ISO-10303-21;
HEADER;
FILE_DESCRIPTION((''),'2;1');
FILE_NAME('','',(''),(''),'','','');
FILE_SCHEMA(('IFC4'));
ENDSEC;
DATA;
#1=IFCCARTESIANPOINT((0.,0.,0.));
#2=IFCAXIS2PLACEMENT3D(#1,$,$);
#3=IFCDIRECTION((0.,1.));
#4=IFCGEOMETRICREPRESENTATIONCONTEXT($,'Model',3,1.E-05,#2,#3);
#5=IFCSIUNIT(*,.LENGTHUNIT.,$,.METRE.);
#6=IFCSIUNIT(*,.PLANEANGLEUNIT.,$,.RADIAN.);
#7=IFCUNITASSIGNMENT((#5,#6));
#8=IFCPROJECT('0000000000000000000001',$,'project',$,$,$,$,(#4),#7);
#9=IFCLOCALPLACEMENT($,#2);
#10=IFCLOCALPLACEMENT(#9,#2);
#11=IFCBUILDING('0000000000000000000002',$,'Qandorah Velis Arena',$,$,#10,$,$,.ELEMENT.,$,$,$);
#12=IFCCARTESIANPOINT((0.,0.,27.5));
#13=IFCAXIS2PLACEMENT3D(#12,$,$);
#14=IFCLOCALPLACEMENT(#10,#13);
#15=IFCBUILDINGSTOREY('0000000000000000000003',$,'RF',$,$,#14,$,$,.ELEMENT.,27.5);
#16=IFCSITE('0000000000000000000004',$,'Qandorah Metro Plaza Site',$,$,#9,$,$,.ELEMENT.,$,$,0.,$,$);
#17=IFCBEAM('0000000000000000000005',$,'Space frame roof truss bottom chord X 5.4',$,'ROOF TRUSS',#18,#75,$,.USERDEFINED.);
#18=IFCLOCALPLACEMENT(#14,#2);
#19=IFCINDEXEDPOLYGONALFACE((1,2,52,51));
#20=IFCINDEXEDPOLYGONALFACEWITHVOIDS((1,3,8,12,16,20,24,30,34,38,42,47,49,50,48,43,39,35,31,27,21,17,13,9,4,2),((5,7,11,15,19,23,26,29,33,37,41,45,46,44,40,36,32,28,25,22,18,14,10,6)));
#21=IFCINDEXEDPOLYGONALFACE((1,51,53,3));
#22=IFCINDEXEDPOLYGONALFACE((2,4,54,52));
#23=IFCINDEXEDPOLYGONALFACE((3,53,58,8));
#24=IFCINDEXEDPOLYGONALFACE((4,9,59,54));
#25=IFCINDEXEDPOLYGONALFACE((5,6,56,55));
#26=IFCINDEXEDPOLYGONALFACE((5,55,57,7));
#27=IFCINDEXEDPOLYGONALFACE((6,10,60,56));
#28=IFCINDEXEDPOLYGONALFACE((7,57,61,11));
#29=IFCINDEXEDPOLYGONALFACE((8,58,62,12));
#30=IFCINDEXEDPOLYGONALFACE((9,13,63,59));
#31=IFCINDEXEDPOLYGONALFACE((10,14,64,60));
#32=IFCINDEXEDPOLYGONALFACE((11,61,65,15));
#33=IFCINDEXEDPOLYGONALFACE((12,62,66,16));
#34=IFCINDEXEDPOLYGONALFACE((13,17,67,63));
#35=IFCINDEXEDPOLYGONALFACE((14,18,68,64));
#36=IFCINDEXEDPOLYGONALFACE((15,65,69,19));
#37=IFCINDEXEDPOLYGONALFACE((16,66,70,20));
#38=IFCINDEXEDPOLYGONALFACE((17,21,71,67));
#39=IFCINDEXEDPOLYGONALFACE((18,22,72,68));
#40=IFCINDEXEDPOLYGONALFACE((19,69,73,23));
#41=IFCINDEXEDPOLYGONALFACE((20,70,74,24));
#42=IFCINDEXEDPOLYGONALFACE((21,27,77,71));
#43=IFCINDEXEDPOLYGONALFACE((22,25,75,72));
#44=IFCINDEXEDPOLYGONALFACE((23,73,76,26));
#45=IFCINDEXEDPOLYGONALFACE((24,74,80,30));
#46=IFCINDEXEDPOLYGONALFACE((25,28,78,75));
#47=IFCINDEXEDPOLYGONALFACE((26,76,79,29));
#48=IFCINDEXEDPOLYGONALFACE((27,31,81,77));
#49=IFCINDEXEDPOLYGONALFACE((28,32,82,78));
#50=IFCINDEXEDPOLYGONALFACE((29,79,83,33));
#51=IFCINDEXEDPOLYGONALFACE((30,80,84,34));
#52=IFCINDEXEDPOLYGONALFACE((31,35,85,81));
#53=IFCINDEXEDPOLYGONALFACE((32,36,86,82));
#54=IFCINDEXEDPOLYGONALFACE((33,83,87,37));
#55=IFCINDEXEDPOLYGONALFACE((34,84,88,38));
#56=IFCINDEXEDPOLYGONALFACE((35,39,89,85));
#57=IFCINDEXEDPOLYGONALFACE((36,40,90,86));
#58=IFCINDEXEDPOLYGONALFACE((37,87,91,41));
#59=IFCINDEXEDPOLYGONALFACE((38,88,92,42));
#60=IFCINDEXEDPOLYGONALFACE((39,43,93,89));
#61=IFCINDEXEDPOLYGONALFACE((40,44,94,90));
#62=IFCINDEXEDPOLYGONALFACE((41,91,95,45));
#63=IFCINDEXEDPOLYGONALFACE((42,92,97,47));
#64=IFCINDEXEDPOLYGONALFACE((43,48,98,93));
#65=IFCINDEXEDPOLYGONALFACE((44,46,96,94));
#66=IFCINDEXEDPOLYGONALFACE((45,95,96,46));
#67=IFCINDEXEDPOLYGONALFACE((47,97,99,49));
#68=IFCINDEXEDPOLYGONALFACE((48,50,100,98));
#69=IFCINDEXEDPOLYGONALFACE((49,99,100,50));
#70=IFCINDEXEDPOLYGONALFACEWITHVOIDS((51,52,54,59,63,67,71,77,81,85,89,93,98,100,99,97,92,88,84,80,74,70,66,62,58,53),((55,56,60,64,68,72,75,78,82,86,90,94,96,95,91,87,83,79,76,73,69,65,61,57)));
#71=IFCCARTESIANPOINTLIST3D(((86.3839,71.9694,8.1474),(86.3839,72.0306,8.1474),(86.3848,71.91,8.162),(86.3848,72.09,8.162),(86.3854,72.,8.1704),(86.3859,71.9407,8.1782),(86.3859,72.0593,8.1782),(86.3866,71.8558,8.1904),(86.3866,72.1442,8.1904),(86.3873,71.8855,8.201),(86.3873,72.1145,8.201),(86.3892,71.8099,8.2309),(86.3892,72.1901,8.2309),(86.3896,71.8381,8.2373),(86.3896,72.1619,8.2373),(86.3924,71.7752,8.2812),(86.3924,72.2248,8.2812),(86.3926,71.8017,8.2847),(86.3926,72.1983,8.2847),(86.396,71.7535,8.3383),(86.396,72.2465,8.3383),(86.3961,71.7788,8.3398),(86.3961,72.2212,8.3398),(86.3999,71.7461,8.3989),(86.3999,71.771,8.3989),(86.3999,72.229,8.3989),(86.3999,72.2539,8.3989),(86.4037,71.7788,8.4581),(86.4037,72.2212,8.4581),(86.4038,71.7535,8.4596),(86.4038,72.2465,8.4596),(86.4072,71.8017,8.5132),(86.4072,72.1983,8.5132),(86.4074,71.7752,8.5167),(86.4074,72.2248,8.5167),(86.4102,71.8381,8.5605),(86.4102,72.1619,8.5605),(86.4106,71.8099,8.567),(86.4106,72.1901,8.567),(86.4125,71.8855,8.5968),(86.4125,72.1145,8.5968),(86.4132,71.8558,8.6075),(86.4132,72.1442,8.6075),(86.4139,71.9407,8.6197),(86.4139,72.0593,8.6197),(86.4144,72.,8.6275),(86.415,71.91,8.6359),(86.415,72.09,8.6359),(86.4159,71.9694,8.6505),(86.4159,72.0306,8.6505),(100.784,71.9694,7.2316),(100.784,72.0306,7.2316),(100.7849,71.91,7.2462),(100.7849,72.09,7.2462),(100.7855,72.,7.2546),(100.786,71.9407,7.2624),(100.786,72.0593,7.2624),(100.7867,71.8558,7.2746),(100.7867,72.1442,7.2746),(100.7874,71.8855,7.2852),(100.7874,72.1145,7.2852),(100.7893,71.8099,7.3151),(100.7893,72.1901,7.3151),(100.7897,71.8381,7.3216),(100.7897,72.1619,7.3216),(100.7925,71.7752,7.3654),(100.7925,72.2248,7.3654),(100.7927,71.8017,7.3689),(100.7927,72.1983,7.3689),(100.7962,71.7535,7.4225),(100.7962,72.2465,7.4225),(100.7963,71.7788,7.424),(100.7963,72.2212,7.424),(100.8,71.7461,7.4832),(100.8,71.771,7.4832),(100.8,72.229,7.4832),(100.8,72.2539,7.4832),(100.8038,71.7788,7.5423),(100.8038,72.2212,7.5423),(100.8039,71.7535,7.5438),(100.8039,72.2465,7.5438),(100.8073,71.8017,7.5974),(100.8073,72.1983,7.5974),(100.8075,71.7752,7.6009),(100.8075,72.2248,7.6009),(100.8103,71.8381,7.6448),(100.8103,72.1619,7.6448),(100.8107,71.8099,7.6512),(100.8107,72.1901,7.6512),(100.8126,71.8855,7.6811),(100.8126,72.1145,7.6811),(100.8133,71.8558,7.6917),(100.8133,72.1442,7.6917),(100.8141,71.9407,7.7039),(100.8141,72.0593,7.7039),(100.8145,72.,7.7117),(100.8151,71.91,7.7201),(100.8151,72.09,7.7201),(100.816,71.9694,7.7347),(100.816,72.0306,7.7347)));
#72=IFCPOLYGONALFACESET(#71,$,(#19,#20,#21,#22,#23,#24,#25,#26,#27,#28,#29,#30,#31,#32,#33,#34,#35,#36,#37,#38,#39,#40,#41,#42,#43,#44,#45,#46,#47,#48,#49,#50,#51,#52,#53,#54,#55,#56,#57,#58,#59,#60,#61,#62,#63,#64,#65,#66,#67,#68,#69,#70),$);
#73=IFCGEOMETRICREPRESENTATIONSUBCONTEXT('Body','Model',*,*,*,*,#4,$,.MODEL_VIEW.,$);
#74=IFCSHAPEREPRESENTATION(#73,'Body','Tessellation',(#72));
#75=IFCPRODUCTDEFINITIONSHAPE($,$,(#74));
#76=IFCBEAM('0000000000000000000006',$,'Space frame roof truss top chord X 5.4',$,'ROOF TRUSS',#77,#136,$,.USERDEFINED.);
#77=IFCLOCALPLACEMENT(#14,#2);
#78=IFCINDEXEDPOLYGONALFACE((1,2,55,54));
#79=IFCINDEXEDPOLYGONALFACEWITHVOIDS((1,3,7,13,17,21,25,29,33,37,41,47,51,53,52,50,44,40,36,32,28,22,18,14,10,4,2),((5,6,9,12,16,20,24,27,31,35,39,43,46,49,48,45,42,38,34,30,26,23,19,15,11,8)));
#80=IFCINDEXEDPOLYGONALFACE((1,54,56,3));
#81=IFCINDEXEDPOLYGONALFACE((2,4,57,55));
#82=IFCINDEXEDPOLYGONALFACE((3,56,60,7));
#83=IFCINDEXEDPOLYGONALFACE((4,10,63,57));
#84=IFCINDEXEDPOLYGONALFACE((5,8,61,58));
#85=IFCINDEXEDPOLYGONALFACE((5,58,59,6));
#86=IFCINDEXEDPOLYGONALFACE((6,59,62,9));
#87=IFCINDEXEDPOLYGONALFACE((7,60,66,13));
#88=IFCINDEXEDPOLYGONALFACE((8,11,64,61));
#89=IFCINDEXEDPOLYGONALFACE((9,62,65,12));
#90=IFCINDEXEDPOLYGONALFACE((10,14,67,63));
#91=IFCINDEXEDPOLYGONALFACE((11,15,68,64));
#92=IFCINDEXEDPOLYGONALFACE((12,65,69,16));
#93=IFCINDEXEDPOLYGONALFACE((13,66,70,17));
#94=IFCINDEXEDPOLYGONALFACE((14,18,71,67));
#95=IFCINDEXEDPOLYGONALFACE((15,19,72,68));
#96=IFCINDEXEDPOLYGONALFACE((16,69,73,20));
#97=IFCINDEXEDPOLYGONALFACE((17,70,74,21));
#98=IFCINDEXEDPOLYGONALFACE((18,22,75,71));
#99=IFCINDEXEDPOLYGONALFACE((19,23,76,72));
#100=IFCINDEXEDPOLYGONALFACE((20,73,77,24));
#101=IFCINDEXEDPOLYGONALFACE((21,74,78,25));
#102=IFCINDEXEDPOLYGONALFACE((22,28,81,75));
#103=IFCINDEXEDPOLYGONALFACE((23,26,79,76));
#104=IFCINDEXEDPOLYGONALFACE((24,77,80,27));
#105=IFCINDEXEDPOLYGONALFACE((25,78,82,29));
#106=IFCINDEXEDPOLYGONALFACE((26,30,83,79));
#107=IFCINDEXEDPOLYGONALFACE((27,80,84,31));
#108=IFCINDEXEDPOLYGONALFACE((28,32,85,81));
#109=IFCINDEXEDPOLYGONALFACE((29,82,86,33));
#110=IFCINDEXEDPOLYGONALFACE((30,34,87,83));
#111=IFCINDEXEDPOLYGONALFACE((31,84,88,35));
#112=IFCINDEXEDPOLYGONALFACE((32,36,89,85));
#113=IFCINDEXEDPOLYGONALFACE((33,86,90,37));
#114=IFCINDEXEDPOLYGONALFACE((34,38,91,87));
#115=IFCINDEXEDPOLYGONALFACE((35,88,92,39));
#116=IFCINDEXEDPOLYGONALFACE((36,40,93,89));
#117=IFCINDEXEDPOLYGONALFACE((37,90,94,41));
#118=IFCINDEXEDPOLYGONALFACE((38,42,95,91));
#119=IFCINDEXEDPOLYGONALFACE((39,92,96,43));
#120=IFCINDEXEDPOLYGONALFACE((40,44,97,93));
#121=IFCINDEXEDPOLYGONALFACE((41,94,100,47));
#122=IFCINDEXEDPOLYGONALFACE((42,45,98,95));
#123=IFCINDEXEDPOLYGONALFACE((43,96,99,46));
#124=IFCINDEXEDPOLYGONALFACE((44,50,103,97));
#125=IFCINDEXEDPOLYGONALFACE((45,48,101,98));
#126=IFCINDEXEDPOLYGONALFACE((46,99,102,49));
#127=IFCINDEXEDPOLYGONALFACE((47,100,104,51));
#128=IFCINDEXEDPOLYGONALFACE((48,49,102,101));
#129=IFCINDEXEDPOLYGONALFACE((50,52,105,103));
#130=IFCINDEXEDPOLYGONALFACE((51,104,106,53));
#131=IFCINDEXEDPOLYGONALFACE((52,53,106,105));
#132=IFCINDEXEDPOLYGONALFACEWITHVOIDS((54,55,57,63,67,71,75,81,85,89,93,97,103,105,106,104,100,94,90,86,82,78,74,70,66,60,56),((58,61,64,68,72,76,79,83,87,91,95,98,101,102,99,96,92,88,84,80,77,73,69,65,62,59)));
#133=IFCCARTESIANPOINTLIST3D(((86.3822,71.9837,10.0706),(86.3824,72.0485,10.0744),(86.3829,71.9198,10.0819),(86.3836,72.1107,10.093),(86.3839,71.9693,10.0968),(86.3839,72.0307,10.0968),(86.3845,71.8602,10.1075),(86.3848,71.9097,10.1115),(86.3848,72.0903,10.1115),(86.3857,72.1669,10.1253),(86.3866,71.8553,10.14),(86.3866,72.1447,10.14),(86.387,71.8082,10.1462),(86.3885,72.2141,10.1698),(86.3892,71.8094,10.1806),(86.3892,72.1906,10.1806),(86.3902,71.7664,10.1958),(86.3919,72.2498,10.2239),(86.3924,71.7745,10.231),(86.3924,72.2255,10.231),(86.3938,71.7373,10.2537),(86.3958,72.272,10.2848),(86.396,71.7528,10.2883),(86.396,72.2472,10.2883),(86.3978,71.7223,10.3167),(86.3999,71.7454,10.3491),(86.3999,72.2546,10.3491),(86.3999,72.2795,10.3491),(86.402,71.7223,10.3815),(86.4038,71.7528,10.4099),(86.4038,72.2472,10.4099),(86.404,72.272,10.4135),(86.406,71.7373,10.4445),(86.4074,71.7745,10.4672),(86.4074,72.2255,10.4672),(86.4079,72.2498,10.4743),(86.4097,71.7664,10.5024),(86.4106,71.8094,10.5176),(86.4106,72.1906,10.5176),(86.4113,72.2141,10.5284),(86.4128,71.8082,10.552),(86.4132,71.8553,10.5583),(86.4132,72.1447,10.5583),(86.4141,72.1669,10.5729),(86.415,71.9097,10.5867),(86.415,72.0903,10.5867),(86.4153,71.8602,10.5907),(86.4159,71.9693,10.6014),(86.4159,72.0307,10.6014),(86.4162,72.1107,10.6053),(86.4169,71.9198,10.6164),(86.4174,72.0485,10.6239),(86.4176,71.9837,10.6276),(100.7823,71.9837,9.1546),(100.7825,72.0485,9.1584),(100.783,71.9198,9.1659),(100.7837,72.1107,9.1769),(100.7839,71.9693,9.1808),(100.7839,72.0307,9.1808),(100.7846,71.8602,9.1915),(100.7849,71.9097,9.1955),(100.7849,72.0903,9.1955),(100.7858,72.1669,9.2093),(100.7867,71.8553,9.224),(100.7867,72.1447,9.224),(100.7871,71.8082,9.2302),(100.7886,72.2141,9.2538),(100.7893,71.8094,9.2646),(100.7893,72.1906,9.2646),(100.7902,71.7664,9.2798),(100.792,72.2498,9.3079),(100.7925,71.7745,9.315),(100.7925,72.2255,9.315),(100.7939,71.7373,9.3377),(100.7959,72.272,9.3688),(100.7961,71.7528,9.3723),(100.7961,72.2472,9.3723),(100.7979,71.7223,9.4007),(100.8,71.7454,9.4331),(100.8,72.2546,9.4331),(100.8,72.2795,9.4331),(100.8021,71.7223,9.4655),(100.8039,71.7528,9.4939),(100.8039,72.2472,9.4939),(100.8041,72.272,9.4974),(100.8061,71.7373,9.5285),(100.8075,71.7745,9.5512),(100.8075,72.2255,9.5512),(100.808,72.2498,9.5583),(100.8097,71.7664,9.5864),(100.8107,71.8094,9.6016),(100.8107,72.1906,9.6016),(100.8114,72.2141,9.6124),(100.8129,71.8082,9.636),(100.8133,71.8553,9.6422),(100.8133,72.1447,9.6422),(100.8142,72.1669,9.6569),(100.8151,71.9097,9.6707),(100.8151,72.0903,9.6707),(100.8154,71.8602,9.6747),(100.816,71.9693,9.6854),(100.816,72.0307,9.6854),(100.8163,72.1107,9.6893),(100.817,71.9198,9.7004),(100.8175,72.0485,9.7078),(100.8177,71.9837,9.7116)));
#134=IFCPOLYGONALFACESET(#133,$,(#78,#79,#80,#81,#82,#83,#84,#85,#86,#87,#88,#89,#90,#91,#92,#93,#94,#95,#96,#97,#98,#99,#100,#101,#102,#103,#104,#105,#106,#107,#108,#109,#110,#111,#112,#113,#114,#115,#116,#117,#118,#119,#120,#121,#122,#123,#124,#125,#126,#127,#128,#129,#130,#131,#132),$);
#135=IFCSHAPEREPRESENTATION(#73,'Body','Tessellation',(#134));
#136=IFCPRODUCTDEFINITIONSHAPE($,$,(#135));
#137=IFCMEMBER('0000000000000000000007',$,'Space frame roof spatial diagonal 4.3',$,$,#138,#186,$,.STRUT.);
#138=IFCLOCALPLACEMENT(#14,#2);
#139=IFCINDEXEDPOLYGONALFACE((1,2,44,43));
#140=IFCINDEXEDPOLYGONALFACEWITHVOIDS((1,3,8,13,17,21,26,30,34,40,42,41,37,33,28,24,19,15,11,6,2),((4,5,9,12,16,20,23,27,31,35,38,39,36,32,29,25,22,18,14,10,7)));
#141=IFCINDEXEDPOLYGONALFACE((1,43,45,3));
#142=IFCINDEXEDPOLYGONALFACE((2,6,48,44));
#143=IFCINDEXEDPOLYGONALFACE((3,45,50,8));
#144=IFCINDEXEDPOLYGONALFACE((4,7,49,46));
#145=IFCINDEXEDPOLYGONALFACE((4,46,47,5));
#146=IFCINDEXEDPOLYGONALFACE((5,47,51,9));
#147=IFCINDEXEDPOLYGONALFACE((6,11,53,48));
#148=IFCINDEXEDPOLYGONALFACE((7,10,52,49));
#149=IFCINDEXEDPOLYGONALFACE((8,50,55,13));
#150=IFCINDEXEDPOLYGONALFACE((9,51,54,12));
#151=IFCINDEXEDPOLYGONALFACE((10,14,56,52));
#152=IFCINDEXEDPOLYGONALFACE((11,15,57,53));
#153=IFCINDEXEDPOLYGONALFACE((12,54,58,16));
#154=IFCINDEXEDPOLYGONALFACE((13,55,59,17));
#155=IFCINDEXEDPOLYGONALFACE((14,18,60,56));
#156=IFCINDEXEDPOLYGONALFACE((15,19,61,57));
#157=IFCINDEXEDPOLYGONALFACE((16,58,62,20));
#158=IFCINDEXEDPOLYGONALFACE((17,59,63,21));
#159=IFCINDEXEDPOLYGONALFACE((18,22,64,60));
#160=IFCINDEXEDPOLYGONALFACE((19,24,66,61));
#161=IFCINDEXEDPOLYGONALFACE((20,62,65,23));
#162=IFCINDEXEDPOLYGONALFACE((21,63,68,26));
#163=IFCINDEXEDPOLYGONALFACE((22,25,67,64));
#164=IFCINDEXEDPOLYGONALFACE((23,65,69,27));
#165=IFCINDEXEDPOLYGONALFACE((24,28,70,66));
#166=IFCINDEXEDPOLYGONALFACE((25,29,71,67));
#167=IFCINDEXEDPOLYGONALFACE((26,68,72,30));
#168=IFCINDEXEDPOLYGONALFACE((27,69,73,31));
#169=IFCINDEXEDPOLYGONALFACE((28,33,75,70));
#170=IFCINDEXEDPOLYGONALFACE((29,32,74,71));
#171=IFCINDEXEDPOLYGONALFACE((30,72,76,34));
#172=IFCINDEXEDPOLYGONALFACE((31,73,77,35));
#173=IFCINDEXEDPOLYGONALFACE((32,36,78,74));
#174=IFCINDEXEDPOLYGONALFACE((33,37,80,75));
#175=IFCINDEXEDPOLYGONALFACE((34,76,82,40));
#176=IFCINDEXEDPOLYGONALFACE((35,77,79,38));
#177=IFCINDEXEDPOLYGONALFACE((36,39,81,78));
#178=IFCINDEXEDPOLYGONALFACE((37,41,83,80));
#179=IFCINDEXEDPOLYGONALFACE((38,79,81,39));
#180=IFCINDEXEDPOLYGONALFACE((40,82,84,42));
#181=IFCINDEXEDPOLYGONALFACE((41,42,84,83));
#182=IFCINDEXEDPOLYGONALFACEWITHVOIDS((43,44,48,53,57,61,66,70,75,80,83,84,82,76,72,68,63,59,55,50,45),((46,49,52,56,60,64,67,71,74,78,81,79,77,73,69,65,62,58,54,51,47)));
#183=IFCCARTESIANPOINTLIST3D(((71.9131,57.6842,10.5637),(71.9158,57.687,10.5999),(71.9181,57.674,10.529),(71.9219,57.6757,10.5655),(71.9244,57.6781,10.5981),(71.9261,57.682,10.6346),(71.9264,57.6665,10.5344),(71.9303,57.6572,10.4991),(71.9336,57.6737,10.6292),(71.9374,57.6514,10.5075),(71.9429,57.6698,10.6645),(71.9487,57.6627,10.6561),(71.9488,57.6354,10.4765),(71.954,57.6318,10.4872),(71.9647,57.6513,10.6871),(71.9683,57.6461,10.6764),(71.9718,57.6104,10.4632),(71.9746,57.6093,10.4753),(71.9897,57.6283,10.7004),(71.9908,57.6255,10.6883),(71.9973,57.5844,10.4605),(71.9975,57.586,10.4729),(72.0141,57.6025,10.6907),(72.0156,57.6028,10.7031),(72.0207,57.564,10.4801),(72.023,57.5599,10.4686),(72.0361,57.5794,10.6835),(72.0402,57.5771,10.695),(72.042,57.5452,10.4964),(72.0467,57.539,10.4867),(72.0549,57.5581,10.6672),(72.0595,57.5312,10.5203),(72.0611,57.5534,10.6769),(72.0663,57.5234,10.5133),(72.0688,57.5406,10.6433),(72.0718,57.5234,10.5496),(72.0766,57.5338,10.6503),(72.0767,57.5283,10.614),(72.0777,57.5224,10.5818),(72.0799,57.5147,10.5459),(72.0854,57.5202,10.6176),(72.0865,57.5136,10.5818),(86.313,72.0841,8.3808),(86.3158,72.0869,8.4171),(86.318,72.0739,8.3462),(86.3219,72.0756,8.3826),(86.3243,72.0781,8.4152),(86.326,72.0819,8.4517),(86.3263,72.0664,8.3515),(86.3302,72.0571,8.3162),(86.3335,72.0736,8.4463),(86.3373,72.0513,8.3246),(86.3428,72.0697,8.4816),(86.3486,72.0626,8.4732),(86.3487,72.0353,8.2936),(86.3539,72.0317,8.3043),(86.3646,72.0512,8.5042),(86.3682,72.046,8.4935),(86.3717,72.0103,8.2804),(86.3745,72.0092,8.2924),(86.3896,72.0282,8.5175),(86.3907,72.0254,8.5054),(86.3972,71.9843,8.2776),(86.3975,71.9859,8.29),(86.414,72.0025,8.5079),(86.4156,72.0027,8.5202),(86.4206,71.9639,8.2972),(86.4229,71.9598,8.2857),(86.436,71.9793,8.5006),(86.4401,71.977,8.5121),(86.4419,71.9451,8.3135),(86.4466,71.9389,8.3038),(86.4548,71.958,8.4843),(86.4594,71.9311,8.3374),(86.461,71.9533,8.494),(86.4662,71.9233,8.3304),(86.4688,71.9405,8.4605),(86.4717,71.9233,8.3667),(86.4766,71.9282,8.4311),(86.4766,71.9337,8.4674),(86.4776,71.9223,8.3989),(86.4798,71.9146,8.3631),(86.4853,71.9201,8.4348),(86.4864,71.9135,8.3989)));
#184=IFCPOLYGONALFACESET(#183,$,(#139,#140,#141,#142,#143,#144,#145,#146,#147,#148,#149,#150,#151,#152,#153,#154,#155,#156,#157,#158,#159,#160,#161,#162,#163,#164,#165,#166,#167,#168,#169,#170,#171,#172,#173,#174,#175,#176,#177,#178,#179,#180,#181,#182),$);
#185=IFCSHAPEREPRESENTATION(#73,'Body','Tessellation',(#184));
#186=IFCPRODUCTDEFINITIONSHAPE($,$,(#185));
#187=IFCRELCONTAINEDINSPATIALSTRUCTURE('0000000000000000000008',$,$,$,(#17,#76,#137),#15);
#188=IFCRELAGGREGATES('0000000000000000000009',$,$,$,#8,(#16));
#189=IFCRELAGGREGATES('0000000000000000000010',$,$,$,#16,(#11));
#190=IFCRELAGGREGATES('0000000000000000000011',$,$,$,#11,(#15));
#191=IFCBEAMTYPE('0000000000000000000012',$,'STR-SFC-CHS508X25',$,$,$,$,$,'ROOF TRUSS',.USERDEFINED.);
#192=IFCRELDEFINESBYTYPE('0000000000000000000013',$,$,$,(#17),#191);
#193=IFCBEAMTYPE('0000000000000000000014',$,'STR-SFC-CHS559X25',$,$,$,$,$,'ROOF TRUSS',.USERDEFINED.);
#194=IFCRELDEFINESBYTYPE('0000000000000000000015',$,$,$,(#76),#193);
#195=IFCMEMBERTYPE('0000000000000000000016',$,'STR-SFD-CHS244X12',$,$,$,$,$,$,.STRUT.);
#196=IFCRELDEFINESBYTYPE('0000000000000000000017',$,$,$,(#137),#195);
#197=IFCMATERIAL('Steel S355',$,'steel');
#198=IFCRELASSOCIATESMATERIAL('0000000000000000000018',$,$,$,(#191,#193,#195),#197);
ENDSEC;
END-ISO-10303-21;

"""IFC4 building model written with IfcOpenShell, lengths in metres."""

from ifc_helpers import new_model, si_unit, direction, frame, origin, origin_2d, place, context, subcontext, project, spatial, hollow_circle, extrude, material, material_profile, profile_set, type_object, element, save


model = new_model("IFC4")

# Units and contexts
model_context = context("Model", 3, precision=1e-05, world=origin(), true_north=direction((0.0, 1.0)))
body_context = subcontext(model_context, "Body", "Model", "MODEL_VIEW")
ifc_project = project(units=[si_unit("LENGTHUNIT", "METRE"), si_unit("PLANEANGLEUNIT", "RADIAN")], contexts=[model_context])

# Site, building, storey
site_placement = place(None, origin())
site = spatial("IfcSite", under=ifc_project, at=site_placement, Name="Qandorah Metro Plaza Site", CompositionType="ELEMENT", RefElevation=0.0)
building_placement = place(site_placement, origin())
building = spatial("IfcBuilding", under=site, at=building_placement, Name="Qandorah Velis Arena", CompositionType="ELEMENT")
storey_placement = place(building_placement, frame((0.0, 0.0, 27.5)))
storey = spatial("IfcBuildingStorey", under=building, at=storey_placement, Name="RF", CompositionType="ELEMENT", Elevation=27.5)

# Shared definitions
ifc_material_1 = material(Name="Steel S355", Category="steel")

# Beams
ifc_material_profile_1 = material_profile(ifc_material_1, hollow_circle(Radius=0.2539, WallThickness=0.0249, at=origin_2d()), Name="CHS 508x25")
ifc_profile_set_1 = profile_set([ifc_material_profile_1], Name="Steel S355")
beam_type_1 = type_object("IfcBeamType", Name="STR-SFC-CHS508X25", ElementType="ROOF TRUSS", PredefinedType="USERDEFINED", material=ifc_profile_set_1)
beam_1_placement = place(storey_placement, frame((86.3999, 72.0, 8.3989), z_axis=(0.997984, 0.0, -0.063466), x_axis=(0.0, 1.0, 0.0)))
element("IfcBeam", 1, at=beam_1_placement, inside=storey, type_object=beam_type_1, Name="Space frame roof truss bottom chord X 5.4", ObjectType="ROOF TRUSS", PredefinedType="USERDEFINED", context=body_context, shape_type="SweptSolid", body=[
    extrude(hollow_circle(Radius=0.2539, WallThickness=0.0249, at=origin_2d()), origin(), (0.0, 0.0, 1.0), 14.4292),
])
ifc_material_profile_2 = material_profile(ifc_material_1, hollow_circle(Radius=0.2795, WallThickness=0.0249, at=origin_2d()), Name="CHS 559x25")
ifc_profile_set_2 = profile_set([ifc_material_profile_2], Name="Steel S355")
beam_type_2 = type_object("IfcBeamType", Name="STR-SFC-CHS559X25", ElementType="ROOF TRUSS", PredefinedType="USERDEFINED", material=ifc_profile_set_2)
beam_2_placement = place(storey_placement, frame((86.3999, 72.0, 10.3491), z_axis=(0.997983, 0.0, -0.063483), x_axis=(0.0, 1.0, 0.0)))
element("IfcBeam", 2, at=beam_2_placement, inside=storey, type_object=beam_type_2, Name="Space frame roof truss top chord X 5.4", ObjectType="ROOF TRUSS", PredefinedType="USERDEFINED", context=body_context, shape_type="SweptSolid", body=[
    extrude(hollow_circle(Radius=0.2795, WallThickness=0.0249, at=origin_2d()), origin(), (0.0, 0.0, 1.0), 14.4292),
])

# Member
ifc_material_profile_3 = material_profile(ifc_material_1, hollow_circle(Radius=0.1223, WallThickness=0.0125, at=origin_2d()), Name="CHS 244.5x12.5")
ifc_profile_set_3 = profile_set([ifc_material_profile_3], Name="Steel S355")
member_type_1 = type_object("IfcMemberType", Name="STR-SFD-CHS244X12", PredefinedType="STRUT", material=ifc_profile_set_3)
member_1_placement = place(storey_placement, frame((86.3999, 72.0, 8.3989), z_axis=(-0.703079, -0.703079, 0.106579), x_axis=(0.707107, -0.707107, 0.0)))
element("IfcMember", 3, at=member_1_placement, inside=storey, type_object=member_type_1, Name="Space frame roof spatial diagonal 4.3", PredefinedType="STRUT", context=body_context, shape_type="SweptSolid", body=[
    extrude(hollow_circle(Radius=0.1223, WallThickness=0.0125, at=origin_2d()), origin(), (0.0, 0.0, 1.0), 20.4812),
])

save(model, "model.ifc")
